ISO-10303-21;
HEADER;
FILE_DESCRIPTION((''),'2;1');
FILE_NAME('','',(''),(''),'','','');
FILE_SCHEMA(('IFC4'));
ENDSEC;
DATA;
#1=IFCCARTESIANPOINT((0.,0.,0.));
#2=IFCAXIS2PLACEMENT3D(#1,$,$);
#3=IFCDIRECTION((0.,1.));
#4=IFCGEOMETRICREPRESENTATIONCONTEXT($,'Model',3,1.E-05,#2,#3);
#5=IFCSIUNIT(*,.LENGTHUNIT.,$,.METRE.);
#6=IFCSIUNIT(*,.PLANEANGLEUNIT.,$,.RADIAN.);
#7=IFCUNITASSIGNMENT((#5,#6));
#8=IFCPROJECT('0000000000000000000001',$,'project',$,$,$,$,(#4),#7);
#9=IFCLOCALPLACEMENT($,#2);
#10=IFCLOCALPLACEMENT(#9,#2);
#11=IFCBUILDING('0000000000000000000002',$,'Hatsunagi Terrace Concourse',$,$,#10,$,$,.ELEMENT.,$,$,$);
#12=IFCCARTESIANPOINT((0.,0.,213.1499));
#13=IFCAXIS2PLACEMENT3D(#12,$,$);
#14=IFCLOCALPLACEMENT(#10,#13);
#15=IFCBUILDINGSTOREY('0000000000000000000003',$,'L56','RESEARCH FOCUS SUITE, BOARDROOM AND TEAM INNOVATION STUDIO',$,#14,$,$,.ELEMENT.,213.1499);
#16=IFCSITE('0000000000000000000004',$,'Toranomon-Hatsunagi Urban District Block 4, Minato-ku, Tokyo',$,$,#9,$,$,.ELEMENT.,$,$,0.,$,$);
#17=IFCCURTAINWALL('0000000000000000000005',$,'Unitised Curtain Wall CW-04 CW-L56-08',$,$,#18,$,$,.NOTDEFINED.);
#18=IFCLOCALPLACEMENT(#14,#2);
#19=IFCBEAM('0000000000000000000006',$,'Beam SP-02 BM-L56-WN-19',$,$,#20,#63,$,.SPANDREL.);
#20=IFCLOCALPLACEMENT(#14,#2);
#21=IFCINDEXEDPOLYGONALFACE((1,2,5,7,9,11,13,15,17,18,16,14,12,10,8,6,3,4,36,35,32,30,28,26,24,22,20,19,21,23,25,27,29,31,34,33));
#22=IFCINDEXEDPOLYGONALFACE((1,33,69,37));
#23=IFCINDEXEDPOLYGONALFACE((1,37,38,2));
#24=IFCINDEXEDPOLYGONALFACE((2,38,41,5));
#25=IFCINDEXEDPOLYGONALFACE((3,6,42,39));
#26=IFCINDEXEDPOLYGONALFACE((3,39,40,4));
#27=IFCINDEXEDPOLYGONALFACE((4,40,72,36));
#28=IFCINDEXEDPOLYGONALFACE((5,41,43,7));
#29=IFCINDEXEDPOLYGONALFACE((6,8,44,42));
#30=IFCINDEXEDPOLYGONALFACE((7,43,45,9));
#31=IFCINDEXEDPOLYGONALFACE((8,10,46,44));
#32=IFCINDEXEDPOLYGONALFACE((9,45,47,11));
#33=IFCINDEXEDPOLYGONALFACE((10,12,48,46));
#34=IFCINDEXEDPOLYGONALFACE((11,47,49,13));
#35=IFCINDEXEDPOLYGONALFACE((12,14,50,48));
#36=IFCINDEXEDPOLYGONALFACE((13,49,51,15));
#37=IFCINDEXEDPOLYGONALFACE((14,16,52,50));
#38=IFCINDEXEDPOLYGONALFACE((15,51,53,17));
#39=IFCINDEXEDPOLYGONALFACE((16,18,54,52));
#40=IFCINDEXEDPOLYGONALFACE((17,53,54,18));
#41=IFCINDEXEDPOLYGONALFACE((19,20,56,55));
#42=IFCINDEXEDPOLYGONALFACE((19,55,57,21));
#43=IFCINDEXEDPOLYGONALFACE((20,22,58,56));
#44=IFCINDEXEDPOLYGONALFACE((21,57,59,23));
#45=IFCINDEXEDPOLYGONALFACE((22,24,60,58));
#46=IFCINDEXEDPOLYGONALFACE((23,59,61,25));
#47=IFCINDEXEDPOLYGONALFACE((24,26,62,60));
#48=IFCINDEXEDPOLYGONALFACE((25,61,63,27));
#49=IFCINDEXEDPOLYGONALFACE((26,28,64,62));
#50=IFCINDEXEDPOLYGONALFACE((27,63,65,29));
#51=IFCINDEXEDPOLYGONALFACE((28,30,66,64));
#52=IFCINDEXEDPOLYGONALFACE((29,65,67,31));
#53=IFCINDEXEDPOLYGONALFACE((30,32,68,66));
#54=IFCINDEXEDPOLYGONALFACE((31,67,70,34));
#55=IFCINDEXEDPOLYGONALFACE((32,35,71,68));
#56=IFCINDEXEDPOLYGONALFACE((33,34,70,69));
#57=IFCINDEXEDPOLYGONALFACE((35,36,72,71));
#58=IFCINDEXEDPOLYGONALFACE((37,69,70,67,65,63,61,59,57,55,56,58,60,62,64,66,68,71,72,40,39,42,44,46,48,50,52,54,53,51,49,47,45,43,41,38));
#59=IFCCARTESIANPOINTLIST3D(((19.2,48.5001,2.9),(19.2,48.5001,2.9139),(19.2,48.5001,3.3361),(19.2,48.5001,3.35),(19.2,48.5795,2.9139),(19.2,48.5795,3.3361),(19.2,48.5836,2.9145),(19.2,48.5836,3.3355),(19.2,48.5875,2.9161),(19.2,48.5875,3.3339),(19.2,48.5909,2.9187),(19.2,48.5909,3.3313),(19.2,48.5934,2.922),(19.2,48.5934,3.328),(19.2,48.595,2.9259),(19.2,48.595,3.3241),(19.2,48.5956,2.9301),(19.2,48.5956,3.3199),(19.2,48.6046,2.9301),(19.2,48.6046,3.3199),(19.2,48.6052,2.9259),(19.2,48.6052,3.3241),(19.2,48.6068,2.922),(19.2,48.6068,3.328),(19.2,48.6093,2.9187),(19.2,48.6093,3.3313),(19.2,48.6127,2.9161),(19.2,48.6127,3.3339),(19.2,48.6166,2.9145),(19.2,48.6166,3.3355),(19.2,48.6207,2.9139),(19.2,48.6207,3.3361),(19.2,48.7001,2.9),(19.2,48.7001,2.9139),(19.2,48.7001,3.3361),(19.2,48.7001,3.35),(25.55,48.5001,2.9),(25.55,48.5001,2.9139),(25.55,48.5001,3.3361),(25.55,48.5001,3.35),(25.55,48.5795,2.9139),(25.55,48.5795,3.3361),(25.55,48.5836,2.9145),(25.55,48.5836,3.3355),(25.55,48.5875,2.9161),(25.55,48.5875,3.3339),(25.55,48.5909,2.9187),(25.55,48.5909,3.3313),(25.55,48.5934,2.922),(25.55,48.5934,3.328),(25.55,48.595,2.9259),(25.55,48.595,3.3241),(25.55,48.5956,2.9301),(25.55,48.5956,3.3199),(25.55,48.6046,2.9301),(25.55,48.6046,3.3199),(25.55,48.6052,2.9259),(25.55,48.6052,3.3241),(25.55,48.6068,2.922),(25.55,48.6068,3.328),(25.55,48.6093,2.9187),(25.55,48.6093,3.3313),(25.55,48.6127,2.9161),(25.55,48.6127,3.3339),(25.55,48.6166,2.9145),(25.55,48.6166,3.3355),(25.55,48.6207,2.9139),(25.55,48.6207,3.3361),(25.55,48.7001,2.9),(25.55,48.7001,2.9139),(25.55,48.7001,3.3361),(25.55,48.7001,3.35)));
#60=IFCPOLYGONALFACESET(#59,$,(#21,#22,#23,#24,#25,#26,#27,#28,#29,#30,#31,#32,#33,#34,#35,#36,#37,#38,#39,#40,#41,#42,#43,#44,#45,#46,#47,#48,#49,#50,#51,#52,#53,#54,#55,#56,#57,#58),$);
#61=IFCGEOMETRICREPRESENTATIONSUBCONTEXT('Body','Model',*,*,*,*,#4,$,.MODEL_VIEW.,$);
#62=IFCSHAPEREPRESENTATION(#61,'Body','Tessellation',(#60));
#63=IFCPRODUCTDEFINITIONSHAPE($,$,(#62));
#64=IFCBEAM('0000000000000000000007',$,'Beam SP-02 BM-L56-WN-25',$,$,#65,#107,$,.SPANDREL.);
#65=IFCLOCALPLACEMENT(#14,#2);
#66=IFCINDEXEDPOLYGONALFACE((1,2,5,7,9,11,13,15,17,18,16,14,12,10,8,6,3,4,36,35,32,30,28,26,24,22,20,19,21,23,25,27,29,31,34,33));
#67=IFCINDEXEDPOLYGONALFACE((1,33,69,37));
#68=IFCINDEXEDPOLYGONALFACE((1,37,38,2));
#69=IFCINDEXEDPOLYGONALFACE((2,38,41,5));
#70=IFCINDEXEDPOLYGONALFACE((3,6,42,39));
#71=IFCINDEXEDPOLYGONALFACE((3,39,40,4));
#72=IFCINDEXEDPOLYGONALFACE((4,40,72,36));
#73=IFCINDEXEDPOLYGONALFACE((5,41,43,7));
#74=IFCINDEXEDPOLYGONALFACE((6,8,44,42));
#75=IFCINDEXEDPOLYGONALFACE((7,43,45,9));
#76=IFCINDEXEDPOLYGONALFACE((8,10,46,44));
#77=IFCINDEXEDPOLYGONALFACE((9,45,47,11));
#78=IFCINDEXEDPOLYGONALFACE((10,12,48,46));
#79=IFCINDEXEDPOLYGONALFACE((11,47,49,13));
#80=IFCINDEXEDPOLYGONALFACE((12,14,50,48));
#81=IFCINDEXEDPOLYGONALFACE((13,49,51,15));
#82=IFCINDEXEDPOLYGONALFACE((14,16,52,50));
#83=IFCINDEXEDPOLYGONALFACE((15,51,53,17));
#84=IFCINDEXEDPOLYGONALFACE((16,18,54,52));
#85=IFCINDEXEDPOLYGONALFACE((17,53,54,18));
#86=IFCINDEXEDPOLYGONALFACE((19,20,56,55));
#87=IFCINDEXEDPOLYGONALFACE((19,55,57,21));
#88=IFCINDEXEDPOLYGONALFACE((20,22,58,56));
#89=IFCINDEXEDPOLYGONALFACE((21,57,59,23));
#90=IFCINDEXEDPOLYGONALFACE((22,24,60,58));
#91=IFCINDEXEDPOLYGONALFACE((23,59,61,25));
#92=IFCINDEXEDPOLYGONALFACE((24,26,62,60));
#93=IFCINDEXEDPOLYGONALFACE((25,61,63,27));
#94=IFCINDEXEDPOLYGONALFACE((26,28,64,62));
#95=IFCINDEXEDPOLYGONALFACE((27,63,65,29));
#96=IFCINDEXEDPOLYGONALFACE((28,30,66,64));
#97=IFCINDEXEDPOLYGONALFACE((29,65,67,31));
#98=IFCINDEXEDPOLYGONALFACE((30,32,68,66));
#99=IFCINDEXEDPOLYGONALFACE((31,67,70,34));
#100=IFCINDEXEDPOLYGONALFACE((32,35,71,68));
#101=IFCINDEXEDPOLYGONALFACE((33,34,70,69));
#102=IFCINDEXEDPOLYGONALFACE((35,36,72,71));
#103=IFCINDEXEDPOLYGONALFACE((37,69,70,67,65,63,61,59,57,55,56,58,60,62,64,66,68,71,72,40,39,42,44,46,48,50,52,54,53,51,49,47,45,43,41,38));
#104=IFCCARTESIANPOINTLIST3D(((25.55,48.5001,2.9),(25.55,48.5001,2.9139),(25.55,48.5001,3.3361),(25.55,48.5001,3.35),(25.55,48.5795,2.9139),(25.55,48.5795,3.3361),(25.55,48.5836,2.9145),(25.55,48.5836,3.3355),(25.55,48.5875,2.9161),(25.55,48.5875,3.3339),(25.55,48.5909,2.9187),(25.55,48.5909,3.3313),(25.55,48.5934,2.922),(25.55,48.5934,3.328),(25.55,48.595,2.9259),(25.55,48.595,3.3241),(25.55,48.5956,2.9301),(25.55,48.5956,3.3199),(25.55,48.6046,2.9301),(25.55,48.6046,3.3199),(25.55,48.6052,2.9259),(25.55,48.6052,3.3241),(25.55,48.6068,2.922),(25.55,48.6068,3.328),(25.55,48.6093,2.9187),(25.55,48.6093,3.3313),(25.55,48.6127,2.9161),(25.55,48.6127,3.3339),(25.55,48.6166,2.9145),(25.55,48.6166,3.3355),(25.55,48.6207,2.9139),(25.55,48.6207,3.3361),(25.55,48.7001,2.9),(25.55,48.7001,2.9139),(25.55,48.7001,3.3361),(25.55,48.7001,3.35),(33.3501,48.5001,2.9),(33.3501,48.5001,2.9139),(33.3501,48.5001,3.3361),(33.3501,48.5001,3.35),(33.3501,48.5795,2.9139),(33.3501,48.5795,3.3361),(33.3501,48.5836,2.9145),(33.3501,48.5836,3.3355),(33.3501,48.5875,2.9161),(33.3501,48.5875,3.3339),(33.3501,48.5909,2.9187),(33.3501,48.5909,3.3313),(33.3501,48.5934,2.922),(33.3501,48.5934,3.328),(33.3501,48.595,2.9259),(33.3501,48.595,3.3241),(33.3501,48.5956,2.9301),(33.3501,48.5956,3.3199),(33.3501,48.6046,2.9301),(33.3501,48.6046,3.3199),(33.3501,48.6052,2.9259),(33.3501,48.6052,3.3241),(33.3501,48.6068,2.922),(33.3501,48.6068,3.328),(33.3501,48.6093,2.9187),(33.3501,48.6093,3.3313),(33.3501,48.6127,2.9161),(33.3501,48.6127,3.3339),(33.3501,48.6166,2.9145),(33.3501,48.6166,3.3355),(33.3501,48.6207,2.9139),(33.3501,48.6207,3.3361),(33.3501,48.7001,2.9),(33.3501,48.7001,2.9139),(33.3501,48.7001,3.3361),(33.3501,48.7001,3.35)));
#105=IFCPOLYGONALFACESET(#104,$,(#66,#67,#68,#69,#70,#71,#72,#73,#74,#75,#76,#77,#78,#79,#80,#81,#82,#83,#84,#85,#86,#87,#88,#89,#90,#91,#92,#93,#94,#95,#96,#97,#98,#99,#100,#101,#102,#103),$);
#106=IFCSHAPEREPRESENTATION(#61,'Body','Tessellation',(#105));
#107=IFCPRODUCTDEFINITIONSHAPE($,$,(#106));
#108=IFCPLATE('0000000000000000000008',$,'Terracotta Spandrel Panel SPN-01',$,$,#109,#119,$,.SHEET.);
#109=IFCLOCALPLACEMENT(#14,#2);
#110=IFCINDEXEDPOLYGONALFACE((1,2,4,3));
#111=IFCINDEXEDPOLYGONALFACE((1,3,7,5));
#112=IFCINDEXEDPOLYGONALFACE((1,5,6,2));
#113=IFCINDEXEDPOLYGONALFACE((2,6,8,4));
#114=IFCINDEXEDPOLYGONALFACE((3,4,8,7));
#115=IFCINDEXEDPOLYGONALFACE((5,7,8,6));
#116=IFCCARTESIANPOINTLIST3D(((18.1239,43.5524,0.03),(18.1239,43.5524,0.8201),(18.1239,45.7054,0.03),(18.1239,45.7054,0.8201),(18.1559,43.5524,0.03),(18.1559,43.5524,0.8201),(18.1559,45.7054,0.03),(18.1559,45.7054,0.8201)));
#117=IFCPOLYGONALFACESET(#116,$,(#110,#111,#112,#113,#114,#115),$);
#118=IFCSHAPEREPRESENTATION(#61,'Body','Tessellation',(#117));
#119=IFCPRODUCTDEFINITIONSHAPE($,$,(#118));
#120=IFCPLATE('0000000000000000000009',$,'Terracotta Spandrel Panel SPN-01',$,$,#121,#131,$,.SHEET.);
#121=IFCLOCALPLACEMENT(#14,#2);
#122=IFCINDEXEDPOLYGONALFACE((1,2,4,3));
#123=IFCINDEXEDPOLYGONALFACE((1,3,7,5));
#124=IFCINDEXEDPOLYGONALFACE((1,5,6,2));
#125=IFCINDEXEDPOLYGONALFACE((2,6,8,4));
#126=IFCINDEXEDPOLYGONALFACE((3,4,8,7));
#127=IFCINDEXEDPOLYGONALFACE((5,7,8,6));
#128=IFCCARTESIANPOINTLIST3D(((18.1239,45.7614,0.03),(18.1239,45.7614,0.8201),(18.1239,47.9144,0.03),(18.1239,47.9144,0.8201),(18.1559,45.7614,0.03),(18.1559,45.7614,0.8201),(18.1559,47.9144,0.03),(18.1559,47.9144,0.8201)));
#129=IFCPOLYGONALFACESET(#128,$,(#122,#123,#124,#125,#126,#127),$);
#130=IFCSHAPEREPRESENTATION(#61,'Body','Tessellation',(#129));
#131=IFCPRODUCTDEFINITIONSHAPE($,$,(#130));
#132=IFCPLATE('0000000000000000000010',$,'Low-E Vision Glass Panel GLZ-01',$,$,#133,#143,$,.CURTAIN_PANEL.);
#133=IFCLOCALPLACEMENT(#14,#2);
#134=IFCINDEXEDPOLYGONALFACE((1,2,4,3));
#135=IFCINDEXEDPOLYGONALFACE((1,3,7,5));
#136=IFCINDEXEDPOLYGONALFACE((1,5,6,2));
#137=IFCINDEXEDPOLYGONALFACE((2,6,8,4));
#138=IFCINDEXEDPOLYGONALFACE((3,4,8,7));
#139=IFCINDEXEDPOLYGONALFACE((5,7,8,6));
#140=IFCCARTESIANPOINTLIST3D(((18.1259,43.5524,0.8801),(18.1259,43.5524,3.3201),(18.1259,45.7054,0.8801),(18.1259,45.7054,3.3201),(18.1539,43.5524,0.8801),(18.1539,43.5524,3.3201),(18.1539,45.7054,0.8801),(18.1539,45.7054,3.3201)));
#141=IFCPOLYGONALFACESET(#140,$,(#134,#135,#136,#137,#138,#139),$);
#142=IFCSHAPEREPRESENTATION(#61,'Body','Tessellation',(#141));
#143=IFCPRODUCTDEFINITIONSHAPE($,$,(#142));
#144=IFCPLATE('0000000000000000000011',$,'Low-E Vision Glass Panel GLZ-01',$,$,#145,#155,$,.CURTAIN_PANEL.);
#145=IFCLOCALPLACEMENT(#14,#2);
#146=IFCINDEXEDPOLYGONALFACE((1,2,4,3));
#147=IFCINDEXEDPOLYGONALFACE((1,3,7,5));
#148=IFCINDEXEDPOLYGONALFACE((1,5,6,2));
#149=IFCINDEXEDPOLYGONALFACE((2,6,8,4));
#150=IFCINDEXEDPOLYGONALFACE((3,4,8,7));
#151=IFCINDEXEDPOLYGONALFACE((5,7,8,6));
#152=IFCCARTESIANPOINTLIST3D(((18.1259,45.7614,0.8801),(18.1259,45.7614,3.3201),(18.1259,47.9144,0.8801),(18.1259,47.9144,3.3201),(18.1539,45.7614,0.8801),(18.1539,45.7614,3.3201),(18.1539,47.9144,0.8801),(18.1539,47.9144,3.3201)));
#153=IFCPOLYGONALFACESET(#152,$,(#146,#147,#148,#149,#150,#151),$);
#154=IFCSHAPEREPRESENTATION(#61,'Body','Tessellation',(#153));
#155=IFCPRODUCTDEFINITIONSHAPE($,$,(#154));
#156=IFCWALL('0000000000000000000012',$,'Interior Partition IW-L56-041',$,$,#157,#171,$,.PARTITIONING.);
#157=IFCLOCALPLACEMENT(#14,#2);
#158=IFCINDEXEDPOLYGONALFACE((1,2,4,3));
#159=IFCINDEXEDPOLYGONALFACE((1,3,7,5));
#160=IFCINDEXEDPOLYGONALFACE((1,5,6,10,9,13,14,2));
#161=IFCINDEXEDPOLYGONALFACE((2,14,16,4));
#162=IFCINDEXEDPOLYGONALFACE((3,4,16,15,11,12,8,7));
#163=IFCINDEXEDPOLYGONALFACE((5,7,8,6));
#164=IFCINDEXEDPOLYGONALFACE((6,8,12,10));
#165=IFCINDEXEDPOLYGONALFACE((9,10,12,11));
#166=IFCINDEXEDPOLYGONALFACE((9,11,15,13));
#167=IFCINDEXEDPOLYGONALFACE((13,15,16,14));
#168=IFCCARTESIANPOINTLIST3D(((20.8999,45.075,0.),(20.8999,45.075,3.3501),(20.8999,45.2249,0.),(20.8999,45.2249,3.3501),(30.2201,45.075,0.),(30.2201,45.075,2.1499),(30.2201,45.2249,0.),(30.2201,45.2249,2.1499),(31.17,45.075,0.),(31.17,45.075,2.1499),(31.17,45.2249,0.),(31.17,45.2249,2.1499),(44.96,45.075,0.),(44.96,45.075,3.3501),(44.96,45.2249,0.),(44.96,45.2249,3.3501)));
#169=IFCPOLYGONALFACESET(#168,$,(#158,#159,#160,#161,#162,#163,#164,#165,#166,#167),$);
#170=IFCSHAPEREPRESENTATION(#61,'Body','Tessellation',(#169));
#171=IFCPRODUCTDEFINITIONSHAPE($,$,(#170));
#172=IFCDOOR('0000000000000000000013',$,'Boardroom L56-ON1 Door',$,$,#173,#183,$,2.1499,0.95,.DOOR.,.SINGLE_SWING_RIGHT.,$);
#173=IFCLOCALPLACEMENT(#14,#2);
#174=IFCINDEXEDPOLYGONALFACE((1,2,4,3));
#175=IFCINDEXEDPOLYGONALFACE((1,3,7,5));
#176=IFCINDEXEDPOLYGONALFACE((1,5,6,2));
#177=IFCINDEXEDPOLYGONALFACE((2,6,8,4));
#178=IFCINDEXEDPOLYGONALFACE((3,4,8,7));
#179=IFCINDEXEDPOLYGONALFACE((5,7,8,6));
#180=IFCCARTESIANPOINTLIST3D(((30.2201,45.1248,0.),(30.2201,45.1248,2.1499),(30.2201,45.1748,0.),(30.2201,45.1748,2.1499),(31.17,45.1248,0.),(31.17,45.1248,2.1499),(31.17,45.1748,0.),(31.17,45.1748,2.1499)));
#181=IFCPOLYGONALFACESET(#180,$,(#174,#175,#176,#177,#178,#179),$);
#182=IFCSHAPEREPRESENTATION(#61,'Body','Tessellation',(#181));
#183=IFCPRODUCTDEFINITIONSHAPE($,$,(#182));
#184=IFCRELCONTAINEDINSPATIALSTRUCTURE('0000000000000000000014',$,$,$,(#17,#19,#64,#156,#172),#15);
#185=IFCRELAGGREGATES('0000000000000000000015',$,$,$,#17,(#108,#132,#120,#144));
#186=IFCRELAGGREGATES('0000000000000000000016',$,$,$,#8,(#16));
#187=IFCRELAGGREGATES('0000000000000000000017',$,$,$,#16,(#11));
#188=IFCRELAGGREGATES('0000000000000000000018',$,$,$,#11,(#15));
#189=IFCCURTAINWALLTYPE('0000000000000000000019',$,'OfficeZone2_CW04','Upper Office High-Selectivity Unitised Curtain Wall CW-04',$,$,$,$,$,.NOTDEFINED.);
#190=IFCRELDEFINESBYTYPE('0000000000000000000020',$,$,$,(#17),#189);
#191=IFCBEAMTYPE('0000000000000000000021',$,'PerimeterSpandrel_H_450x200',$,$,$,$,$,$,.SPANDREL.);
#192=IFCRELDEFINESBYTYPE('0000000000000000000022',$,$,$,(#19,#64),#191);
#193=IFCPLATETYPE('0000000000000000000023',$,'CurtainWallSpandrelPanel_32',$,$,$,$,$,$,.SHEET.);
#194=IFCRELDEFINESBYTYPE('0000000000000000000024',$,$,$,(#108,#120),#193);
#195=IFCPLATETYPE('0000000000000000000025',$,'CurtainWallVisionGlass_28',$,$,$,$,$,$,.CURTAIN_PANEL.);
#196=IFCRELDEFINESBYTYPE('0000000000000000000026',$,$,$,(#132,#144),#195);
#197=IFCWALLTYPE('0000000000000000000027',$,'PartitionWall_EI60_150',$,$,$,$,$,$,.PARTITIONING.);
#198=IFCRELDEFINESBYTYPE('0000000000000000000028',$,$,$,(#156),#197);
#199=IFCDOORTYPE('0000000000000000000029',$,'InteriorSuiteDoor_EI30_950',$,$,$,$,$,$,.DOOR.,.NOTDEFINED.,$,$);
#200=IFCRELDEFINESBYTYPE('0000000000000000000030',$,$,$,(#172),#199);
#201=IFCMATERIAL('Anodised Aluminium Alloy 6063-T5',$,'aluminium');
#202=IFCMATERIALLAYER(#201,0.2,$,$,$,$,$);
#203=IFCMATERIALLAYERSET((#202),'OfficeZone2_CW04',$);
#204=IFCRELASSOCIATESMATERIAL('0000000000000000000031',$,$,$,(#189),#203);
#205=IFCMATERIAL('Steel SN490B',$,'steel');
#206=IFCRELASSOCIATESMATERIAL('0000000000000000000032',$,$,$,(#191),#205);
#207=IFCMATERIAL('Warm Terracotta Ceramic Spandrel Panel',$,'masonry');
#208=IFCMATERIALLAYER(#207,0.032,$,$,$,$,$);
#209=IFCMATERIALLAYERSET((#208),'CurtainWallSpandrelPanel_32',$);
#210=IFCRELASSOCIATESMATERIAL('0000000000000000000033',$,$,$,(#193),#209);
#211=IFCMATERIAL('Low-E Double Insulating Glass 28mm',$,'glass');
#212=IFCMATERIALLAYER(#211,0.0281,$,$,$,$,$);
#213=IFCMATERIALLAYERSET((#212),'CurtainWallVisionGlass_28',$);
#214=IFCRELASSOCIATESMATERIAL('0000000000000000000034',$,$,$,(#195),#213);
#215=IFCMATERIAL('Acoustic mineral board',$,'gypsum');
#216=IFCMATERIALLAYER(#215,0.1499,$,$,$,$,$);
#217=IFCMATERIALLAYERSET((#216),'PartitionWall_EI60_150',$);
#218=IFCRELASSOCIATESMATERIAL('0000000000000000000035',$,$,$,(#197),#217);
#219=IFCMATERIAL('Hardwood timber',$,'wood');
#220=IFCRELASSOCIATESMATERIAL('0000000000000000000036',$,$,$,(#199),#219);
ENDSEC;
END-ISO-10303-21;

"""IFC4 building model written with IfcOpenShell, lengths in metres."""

from ifc_helpers import new_model, si_unit, direction, frame, frame_2d, origin, origin_2d, place, context, subcontext, project, spatial, rectangle, i_section, extrude, material, layer, layer_set, material_profile, profile_set, type_object, element, fill, aggregate, save


model = new_model("IFC4")

# Units and contexts
model_context = context("Model", 3, precision=1e-05, world=origin(), true_north=direction((0.0, 1.0)))
body_context = subcontext(model_context, "Body", "Model", "MODEL_VIEW")
ifc_project = project(units=[si_unit("LENGTHUNIT", "METRE"), si_unit("PLANEANGLEUNIT", "RADIAN")], contexts=[model_context])

# Site, building, storey
site_placement = place(None, origin())
site = spatial("IfcSite", under=ifc_project, at=site_placement, Name="Toranomon-Hatsunagi Urban District Block 4, Minato-ku, Tokyo", CompositionType="ELEMENT", RefElevation=0.0)
building_placement = place(site_placement, origin())
building = spatial("IfcBuilding", under=site, at=building_placement, Name="Hatsunagi Terrace Concourse", CompositionType="ELEMENT")
storey_placement = place(building_placement, frame((0.0, 0.0, 213.1499)))
storey = spatial("IfcBuildingStorey", under=building, at=storey_placement, Name="L56", Description="RESEARCH FOCUS SUITE, BOARDROOM AND TEAM INNOVATION STUDIO", CompositionType="ELEMENT", Elevation=213.1499)

# Curtain wall
ifc_material_1 = material(Name="Anodised Aluminium Alloy 6063-T5", Category="aluminium")
ifc_layer_1 = layer(ifc_material_1, 0.2)
ifc_layer_set_1 = layer_set([ifc_layer_1], Name="OfficeZone2_CW04")
curtain_wall_type = type_object("IfcCurtainWallType", Name="OfficeZone2_CW04", Description="Upper Office High-Selectivity Unitised Curtain Wall CW-04", PredefinedType="NOTDEFINED", material=ifc_layer_set_1)
curtain_wall_placement = place(storey_placement, origin())
curtain_wall = element("IfcCurtainWall", 1, at=curtain_wall_placement, inside=storey, type_object=curtain_wall_type, Name="Unitised Curtain Wall CW-04 CW-L56-08", PredefinedType="NOTDEFINED")

# Beams
ifc_material_2 = material(Name="Steel SN490B", Category="steel")
ifc_material_profile_1 = material_profile(ifc_material_2, i_section(OverallWidth=0.2, OverallDepth=0.45, WebThickness=0.009, FlangeThickness=0.0139, FilletRadius=0.0161, at=origin_2d()), Name="H-450x200x9x14")
ifc_profile_set_1 = profile_set([ifc_material_profile_1], Name="Steel SN490B")
beam_type_1 = type_object("IfcBeamType", Name="PerimeterSpandrel_H_450x200", PredefinedType="SPANDREL", material=ifc_profile_set_1)
beam_1_placement = place(storey_placement, frame((19.2, 48.6001, 3.125), z_axis=(1.0, 0.0, 0.0), x_axis=(0.0, 1.0, 0.0)))
element("IfcBeam", 2, at=beam_1_placement, inside=storey, type_object=beam_type_1, Name="Beam SP-02 BM-L56-WN-19", PredefinedType="SPANDREL", context=body_context, shape_type="SweptSolid", body=[
    extrude(i_section(OverallWidth=0.2, OverallDepth=0.45, WebThickness=0.009, FlangeThickness=0.0139, FilletRadius=0.0161, at=origin_2d()), origin(), (0.0, 0.0, 1.0), 6.3501),
])
beam_2_placement = place(storey_placement, frame((25.55, 48.6001, 3.125), z_axis=(1.0, 0.0, 0.0), x_axis=(0.0, 1.0, 0.0)))
element("IfcBeam", 3, at=beam_2_placement, inside=storey, type_object=beam_type_1, Name="Beam SP-02 BM-L56-WN-25", PredefinedType="SPANDREL", context=body_context, shape_type="SweptSolid", body=[
    extrude(i_section(OverallWidth=0.2, OverallDepth=0.45, WebThickness=0.009, FlangeThickness=0.0139, FilletRadius=0.0161, at=origin_2d()), origin(), (0.0, 0.0, 1.0), 7.8),
])

# Plates
ifc_material_3 = material(Name="Warm Terracotta Ceramic Spandrel Panel", Category="masonry")
ifc_layer_2 = layer(ifc_material_3, 0.032)
ifc_layer_set_2 = layer_set([ifc_layer_2], Name="CurtainWallSpandrelPanel_32")
plate_type_1 = type_object("IfcPlateType", Name="CurtainWallSpandrelPanel_32", PredefinedType="SHEET", material=ifc_layer_set_2)
plate_1_placement = place(storey_placement, frame((18.1399, 44.6289, 0.03), z_axis=(0.0, 0.0, 1.0), x_axis=(0.0, 1.0, 0.0)))
plate_1 = element("IfcPlate", 4, at=plate_1_placement, type_object=plate_type_1, Name="Terracotta Spandrel Panel SPN-01", PredefinedType="SHEET", context=body_context, shape_type="SweptSolid", body=[
    extrude(rectangle(XDim=2.1531, YDim=0.032, at=origin_2d()), origin(), (0.0, 0.0, 1.0), 0.79),
])
plate_2_placement = place(storey_placement, frame((18.1399, 46.8379, 0.03), z_axis=(0.0, 0.0, 1.0), x_axis=(0.0, 1.0, 0.0)))
plate_2 = element("IfcPlate", 5, at=plate_2_placement, type_object=plate_type_1, Name="Terracotta Spandrel Panel SPN-01", PredefinedType="SHEET", context=body_context, shape_type="SweptSolid", body=[
    extrude(rectangle(XDim=2.1531, YDim=0.032, at=origin_2d()), origin(), (0.0, 0.0, 1.0), 0.79),
])
ifc_material_4 = material(Name="Low-E Double Insulating Glass 28mm", Category="glass")
ifc_layer_3 = layer(ifc_material_4, 0.0281)
ifc_layer_set_3 = layer_set([ifc_layer_3], Name="CurtainWallVisionGlass_28")
plate_type_2 = type_object("IfcPlateType", Name="CurtainWallVisionGlass_28", PredefinedType="CURTAIN_PANEL", material=ifc_layer_set_3)
plate_3_placement = place(storey_placement, frame((18.1399, 44.6289, 0.8801), z_axis=(0.0, 0.0, 1.0), x_axis=(0.0, 1.0, 0.0)))
plate_3 = element("IfcPlate", 6, at=plate_3_placement, type_object=plate_type_2, Name="Low-E Vision Glass Panel GLZ-01", PredefinedType="CURTAIN_PANEL", context=body_context, shape_type="SweptSolid", body=[
    extrude(rectangle(XDim=2.1531, YDim=0.0281, at=origin_2d()), origin(), (0.0, 0.0, 1.0), 2.4399),
])
plate_4_placement = place(storey_placement, frame((18.1399, 46.8379, 0.8801), z_axis=(0.0, 0.0, 1.0), x_axis=(0.0, 1.0, 0.0)))
plate_4 = element("IfcPlate", 7, at=plate_4_placement, type_object=plate_type_2, Name="Low-E Vision Glass Panel GLZ-01", PredefinedType="CURTAIN_PANEL", context=body_context, shape_type="SweptSolid", body=[
    extrude(rectangle(XDim=2.1531, YDim=0.0281, at=origin_2d()), origin(), (0.0, 0.0, 1.0), 2.4399),
])
aggregate(curtain_wall, [plate_1, plate_3, plate_2, plate_4])

# Wall, opening, door
ifc_material_5 = material(Name="Acoustic mineral board", Category="gypsum")
ifc_layer_4 = layer(ifc_material_5, 0.1499)
ifc_layer_set_4 = layer_set([ifc_layer_4], Name="PartitionWall_EI60_150")
wall_type_1 = type_object("IfcWallType", Name="PartitionWall_EI60_150", PredefinedType="PARTITIONING", material=ifc_layer_set_4)
wall_1_placement = place(storey_placement, frame((20.8999, 45.1499, 0.0), z_axis=(0.0, 0.0, 1.0), x_axis=(1.0, 0.0, 0.0)))
wall_1 = element("IfcWall", 8, at=wall_1_placement, inside=storey, type_object=wall_type_1, Name="Interior Partition IW-L56-041", PredefinedType="PARTITIONING", context=body_context, shape_type="SweptSolid", body=[
    extrude(rectangle(XDim=24.0601, YDim=0.1499, at=frame_2d((12.03, 0.0))), origin(), (0.0, 0.0, 1.0), 3.3501),
])
opening_1_placement = place(wall_1_placement, frame((9.3201, 0.0, 0.0)))
opening_1 = element("IfcOpeningElement", 9, at=opening_1_placement, cuts=wall_1, PredefinedType="OPENING", context=body_context, shape_type="SweptSolid", body=[
    extrude(rectangle(XDim=0.95, YDim=2.1499, at=frame_2d((0.4751, 1.075))), frame((0.0, 0.085, 0.0), z_axis=(0.0, -1.0, 0.0), x_axis=(1.0, 0.0, 0.0)), (0.0, 0.0, 1.0), 0.1699),
])
ifc_material_6 = material(Name="Hardwood timber", Category="wood")
door_type_1 = type_object("IfcDoorType", Name="InteriorSuiteDoor_EI30_950", OperationType="NOTDEFINED", PredefinedType="DOOR", material=ifc_material_6)
door_1_placement = place(opening_1_placement, origin())
door_1 = element("IfcDoor", 10, at=door_1_placement, inside=storey, type_object=door_type_1, Name="Boardroom L56-ON1 Door", OperationType="SINGLE_SWING_RIGHT", OverallHeight=2.1499, OverallWidth=0.95, PredefinedType="DOOR", context=body_context, shape_type="SweptSolid", body=[
    extrude(rectangle(XDim=0.95, YDim=2.1499, at=frame_2d((0.4751, 1.075))), frame((0.0, 0.0249, 0.0), z_axis=(0.0, -1.0, 0.0), x_axis=(1.0, 0.0, 0.0)), (0.0, 0.0, 1.0), 0.05),
])
fill(opening_1, door_1)

save(model, "model.ifc")
